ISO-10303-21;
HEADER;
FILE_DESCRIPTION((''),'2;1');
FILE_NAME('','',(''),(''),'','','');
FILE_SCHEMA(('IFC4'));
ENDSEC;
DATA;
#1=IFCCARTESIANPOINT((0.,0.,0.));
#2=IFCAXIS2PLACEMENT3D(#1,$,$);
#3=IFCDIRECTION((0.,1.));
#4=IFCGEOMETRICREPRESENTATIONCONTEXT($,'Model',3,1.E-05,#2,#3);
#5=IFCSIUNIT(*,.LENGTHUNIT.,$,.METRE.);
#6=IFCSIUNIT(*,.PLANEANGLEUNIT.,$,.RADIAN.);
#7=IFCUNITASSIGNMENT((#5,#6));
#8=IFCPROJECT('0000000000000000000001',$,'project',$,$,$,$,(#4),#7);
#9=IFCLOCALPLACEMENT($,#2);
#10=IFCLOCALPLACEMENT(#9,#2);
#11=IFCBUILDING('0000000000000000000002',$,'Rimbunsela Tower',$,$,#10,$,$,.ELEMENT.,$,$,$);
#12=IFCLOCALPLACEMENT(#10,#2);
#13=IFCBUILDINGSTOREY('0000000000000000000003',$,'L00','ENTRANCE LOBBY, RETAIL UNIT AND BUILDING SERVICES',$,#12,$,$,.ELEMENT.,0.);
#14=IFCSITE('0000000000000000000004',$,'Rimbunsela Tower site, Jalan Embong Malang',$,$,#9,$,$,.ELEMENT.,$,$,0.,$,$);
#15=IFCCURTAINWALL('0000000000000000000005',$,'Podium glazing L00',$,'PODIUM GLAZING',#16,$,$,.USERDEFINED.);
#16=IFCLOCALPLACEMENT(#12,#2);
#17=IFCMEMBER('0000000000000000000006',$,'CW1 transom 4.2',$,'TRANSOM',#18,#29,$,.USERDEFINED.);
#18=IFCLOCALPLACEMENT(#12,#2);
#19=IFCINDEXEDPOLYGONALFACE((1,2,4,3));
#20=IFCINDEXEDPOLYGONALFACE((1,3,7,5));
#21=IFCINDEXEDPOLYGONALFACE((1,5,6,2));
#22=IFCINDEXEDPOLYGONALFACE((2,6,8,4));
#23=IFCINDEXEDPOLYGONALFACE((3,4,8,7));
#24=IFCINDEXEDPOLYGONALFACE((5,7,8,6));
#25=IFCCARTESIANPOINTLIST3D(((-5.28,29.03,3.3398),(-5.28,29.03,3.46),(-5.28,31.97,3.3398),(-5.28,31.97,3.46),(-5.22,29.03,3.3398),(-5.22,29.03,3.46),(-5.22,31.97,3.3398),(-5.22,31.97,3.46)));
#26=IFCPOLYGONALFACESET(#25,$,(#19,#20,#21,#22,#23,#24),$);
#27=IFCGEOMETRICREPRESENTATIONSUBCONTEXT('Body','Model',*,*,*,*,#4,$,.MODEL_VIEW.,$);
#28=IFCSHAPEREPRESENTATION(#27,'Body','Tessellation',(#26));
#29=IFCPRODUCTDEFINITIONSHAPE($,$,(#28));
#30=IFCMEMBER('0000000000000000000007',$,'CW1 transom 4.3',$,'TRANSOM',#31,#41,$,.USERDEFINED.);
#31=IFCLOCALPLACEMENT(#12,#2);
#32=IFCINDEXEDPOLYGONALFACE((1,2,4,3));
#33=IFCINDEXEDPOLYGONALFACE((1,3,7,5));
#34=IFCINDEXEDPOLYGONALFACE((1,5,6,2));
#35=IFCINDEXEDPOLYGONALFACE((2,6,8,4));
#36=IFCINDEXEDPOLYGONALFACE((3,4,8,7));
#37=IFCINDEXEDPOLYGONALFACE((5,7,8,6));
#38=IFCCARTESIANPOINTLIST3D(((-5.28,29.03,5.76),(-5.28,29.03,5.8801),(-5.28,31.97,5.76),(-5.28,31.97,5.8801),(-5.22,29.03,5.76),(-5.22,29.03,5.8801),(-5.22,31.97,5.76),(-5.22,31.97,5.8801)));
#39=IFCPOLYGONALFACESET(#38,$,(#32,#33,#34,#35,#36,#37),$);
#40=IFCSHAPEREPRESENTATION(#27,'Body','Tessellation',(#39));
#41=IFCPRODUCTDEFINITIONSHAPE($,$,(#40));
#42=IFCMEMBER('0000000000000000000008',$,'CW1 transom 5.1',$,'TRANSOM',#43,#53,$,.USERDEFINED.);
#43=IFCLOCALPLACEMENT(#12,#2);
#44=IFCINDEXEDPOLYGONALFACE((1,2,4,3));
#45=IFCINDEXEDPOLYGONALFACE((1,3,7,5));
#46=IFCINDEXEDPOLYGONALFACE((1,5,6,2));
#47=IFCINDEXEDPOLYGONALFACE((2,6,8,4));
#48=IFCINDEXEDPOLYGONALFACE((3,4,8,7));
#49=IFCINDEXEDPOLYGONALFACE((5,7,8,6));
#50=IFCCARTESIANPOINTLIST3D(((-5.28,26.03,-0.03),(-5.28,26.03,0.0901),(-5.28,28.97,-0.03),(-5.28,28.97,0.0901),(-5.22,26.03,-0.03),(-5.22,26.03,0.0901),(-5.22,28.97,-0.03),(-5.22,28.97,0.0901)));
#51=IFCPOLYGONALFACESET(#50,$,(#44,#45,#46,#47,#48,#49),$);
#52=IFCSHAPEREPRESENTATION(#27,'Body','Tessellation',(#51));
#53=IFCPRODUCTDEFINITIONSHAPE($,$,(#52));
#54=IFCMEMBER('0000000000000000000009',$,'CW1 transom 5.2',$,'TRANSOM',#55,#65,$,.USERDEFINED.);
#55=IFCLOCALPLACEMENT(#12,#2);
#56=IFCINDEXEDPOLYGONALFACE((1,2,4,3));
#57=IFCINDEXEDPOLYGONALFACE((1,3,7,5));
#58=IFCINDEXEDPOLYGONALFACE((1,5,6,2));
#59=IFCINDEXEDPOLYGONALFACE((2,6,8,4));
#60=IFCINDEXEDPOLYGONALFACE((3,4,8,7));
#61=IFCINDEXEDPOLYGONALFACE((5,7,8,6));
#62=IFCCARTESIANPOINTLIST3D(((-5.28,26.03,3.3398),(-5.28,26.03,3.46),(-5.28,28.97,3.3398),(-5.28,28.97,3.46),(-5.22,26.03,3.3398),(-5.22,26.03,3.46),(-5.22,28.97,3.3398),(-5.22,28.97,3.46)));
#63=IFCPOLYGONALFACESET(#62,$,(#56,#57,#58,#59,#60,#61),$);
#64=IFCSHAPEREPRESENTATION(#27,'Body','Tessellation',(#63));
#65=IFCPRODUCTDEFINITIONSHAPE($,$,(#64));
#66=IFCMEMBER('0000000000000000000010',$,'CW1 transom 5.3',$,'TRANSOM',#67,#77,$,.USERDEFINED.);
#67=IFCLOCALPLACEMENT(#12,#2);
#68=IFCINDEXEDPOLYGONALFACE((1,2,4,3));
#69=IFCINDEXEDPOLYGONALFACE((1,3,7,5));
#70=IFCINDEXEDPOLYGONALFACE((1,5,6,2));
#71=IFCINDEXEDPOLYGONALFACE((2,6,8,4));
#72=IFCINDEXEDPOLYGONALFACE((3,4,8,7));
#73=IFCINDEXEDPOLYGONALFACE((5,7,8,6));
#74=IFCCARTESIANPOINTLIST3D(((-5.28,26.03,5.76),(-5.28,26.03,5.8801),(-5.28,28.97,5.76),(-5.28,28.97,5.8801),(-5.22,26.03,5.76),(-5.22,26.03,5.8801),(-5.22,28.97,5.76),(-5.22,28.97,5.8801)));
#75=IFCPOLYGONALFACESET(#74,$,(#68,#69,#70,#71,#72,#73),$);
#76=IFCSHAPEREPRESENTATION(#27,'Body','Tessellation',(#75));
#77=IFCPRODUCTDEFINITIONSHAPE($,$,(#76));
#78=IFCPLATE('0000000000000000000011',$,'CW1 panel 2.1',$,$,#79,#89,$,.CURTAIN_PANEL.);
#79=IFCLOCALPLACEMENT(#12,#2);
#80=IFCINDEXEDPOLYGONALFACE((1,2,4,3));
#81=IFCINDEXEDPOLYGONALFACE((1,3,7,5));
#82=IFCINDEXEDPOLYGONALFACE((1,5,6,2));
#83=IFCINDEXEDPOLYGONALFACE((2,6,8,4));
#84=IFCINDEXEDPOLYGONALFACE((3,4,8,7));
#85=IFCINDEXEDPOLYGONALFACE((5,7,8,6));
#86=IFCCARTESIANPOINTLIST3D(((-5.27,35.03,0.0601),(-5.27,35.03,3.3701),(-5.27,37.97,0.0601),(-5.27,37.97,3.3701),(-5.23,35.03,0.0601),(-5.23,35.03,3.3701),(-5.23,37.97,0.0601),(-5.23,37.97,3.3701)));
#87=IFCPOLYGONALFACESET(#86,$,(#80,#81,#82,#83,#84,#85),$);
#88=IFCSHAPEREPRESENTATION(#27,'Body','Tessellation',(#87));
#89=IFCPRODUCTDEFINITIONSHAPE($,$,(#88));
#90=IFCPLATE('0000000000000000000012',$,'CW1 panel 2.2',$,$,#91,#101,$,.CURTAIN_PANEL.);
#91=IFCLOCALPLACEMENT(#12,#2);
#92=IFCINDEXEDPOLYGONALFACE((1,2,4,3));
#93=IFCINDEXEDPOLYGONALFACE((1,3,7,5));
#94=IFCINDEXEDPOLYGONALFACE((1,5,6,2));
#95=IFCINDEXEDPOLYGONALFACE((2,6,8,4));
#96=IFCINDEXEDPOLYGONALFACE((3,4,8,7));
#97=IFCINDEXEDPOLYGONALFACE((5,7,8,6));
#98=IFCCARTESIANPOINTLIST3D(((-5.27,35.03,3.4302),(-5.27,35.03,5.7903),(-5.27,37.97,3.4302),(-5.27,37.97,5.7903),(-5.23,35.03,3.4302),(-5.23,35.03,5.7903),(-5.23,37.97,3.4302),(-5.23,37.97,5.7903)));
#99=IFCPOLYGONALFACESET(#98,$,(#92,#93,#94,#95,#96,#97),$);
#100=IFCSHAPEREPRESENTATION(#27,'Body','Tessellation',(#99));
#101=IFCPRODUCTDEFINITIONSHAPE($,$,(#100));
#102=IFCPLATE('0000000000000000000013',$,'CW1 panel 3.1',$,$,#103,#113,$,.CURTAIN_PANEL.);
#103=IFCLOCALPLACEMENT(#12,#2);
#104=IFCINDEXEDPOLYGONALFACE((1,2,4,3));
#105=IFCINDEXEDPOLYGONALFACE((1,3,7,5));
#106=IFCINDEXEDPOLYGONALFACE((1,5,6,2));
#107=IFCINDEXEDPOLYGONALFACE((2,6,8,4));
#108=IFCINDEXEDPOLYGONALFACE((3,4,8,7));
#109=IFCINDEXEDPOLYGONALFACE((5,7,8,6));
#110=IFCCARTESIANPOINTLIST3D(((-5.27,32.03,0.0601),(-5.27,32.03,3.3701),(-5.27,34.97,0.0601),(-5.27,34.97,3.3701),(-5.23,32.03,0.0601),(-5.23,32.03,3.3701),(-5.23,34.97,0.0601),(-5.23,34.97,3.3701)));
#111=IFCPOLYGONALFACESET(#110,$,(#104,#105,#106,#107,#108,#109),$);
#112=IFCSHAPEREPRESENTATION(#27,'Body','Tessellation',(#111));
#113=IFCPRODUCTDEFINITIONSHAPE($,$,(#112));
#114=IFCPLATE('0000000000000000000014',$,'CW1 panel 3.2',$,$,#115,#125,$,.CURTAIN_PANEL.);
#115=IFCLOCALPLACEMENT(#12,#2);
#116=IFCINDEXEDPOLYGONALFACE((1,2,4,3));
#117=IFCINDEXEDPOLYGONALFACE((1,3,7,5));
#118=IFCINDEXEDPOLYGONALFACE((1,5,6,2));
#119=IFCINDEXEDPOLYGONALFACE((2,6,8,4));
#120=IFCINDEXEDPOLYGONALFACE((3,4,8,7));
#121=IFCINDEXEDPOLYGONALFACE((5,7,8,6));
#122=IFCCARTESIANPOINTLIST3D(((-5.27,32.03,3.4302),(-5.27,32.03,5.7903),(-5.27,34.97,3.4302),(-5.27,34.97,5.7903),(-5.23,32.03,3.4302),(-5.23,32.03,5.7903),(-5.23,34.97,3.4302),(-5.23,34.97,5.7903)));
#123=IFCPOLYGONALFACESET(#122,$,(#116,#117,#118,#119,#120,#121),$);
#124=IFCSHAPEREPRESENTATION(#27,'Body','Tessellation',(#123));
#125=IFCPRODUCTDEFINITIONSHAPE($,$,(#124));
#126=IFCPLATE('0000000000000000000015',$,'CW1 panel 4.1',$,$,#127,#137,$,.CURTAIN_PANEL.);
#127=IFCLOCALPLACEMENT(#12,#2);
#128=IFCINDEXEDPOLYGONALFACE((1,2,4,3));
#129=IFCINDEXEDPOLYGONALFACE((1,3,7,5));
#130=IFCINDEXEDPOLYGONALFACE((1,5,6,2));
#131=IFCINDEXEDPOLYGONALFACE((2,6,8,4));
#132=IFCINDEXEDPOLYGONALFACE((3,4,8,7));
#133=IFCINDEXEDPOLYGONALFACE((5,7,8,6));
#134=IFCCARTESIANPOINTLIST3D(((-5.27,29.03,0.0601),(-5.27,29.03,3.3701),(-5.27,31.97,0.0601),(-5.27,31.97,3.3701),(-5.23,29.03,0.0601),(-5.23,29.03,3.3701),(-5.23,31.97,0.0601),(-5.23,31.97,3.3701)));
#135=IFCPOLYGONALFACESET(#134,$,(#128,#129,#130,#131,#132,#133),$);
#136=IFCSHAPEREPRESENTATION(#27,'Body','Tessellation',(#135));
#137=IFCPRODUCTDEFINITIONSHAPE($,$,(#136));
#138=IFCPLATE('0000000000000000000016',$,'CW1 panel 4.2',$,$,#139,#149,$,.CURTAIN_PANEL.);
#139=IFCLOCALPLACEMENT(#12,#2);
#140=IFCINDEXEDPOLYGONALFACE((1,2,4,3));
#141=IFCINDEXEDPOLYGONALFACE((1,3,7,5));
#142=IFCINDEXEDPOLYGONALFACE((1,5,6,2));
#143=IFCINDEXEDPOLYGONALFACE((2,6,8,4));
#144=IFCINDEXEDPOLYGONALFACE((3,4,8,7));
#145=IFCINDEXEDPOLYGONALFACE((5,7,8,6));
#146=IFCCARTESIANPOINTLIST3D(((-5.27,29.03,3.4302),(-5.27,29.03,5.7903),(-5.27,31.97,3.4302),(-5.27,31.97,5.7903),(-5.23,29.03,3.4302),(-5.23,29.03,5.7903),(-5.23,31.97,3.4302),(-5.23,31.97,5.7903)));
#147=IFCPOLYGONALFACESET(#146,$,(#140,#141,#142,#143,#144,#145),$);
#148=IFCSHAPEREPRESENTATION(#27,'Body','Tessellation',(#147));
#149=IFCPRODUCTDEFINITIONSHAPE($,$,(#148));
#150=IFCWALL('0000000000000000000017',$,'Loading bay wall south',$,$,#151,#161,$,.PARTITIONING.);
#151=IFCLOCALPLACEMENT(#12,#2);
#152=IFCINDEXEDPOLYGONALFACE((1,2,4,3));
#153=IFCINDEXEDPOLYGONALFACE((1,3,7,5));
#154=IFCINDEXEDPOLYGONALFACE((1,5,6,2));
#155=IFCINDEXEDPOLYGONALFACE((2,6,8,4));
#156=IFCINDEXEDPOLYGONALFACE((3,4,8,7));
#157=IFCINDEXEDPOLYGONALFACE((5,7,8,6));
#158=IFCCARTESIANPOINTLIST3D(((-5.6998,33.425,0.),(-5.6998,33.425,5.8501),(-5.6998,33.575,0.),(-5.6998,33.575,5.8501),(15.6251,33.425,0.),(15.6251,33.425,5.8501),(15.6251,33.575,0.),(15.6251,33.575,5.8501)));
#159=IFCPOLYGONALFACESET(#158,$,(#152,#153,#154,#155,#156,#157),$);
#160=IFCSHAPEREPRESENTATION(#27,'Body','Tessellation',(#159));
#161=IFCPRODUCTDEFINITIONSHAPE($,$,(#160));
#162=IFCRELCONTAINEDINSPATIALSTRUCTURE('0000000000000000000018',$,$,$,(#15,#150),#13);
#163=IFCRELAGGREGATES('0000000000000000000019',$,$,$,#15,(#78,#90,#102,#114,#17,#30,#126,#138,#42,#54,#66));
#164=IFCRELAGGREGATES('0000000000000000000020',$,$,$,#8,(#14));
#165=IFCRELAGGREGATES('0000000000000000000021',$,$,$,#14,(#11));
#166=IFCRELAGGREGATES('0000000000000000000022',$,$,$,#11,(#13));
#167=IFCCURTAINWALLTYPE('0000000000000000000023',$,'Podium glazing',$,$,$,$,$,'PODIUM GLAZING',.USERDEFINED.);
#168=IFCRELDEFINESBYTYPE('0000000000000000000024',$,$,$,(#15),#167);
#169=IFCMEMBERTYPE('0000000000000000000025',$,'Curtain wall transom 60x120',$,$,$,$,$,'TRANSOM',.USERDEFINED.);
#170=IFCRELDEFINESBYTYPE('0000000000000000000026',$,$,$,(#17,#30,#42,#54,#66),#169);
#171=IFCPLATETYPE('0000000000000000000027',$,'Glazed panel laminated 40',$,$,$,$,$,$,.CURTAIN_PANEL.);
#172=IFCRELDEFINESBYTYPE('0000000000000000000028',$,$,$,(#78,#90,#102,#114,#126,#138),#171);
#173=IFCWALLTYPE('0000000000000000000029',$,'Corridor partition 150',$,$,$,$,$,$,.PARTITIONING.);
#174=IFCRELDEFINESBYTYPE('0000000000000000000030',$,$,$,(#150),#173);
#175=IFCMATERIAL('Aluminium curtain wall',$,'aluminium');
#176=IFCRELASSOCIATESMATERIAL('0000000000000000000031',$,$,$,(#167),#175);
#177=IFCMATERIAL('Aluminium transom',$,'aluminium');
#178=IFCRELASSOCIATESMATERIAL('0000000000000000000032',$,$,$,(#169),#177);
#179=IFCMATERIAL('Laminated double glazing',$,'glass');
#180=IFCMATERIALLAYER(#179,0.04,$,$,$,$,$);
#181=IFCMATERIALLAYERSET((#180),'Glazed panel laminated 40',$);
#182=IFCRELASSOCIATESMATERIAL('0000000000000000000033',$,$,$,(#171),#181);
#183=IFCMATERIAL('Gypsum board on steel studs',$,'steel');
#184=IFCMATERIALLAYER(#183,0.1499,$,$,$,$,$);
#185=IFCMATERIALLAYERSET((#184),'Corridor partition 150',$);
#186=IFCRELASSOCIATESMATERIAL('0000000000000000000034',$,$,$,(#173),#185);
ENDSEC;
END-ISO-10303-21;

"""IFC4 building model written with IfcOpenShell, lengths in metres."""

from ifc_helpers import new_model, si_unit, direction, frame, frame_2d, origin, origin_2d, place, context, subcontext, project, spatial, rectangle, extrude, material, layer, layer_set, material_profile, profile_set, type_object, element, aggregate, save


model = new_model("IFC4")

# Units and contexts
model_context = context("Model", 3, precision=1e-05, world=origin(), true_north=direction((0.0, 1.0)))
body_context = subcontext(model_context, "Body", "Model", "MODEL_VIEW")
ifc_project = project(units=[si_unit("LENGTHUNIT", "METRE"), si_unit("PLANEANGLEUNIT", "RADIAN")], contexts=[model_context])

# Site, building, storey
site_placement = place(None, origin())
site = spatial("IfcSite", under=ifc_project, at=site_placement, Name="Rimbunsela Tower site, Jalan Embong Malang", CompositionType="ELEMENT", RefElevation=0.0)
building_placement = place(site_placement, origin())
building = spatial("IfcBuilding", under=site, at=building_placement, Name="Rimbunsela Tower", CompositionType="ELEMENT")
storey_placement = place(building_placement, origin())
storey = spatial("IfcBuildingStorey", under=building, at=storey_placement, Name="L00", Description="ENTRANCE LOBBY, RETAIL UNIT AND BUILDING SERVICES", CompositionType="ELEMENT", Elevation=0.0)

# Curtain wall, members, plates
ifc_material_1 = material(Name="Aluminium curtain wall", Category="aluminium")
curtain_wall_type = type_object("IfcCurtainWallType", Name="Podium glazing", ElementType="PODIUM GLAZING", PredefinedType="USERDEFINED", material=ifc_material_1)
curtain_wall_placement = place(storey_placement, origin())
curtain_wall = element("IfcCurtainWall", 1, at=curtain_wall_placement, inside=storey, type_object=curtain_wall_type, Name="Podium glazing L00", ObjectType="PODIUM GLAZING", PredefinedType="USERDEFINED")
ifc_material_2 = material(Name="Aluminium transom", Category="aluminium")
ifc_material_profile_1 = material_profile(ifc_material_2, rectangle(XDim=0.0601, YDim=0.1201, at=origin_2d()), Name="Transom 60x120")
ifc_profile_set_1 = profile_set([ifc_material_profile_1], Name="Aluminium transom")
member_type_1 = type_object("IfcMemberType", Name="Curtain wall transom 60x120", ElementType="TRANSOM", PredefinedType="USERDEFINED", material=ifc_profile_set_1)
member_1_placement = place(storey_placement, frame((-5.25, 31.97, 3.3999), z_axis=(0.0, -1.0, 0.0), x_axis=(1.0, 0.0, 0.0)))
member_1 = element("IfcMember", 2, at=member_1_placement, type_object=member_type_1, Name="CW1 transom 4.2", ObjectType="TRANSOM", PredefinedType="USERDEFINED", context=body_context, shape_type="SweptSolid", body=[
    extrude(rectangle(XDim=0.0601, YDim=0.1201, at=origin_2d()), origin(), (0.0, 0.0, 1.0), 2.9399),
])
member_2_placement = place(storey_placement, frame((-5.25, 31.97, 5.8201), z_axis=(0.0, -1.0, 0.0), x_axis=(1.0, 0.0, 0.0)))
member_2 = element("IfcMember", 3, at=member_2_placement, type_object=member_type_1, Name="CW1 transom 4.3", ObjectType="TRANSOM", PredefinedType="USERDEFINED", context=body_context, shape_type="SweptSolid", body=[
    extrude(rectangle(XDim=0.0601, YDim=0.1201, at=origin_2d()), origin(), (0.0, 0.0, 1.0), 2.9399),
])
member_3_placement = place(storey_placement, frame((-5.25, 28.97, 0.03), z_axis=(0.0, -1.0, 0.0), x_axis=(1.0, 0.0, 0.0)))
member_3 = element("IfcMember", 4, at=member_3_placement, type_object=member_type_1, Name="CW1 transom 5.1", ObjectType="TRANSOM", PredefinedType="USERDEFINED", context=body_context, shape_type="SweptSolid", body=[
    extrude(rectangle(XDim=0.0601, YDim=0.1201, at=origin_2d()), origin(), (0.0, 0.0, 1.0), 2.9399),
])
member_4_placement = place(storey_placement, frame((-5.25, 28.97, 3.3999), z_axis=(0.0, -1.0, 0.0), x_axis=(1.0, 0.0, 0.0)))
member_4 = element("IfcMember", 5, at=member_4_placement, type_object=member_type_1, Name="CW1 transom 5.2", ObjectType="TRANSOM", PredefinedType="USERDEFINED", context=body_context, shape_type="SweptSolid", body=[
    extrude(rectangle(XDim=0.0601, YDim=0.1201, at=origin_2d()), origin(), (0.0, 0.0, 1.0), 2.9399),
])
member_5_placement = place(storey_placement, frame((-5.25, 28.97, 5.8201), z_axis=(0.0, -1.0, 0.0), x_axis=(1.0, 0.0, 0.0)))
member_5 = element("IfcMember", 6, at=member_5_placement, type_object=member_type_1, Name="CW1 transom 5.3", ObjectType="TRANSOM", PredefinedType="USERDEFINED", context=body_context, shape_type="SweptSolid", body=[
    extrude(rectangle(XDim=0.0601, YDim=0.1201, at=origin_2d()), origin(), (0.0, 0.0, 1.0), 2.9399),
])
ifc_material_3 = material(Name="Laminated double glazing", Category="glass")
ifc_layer_1 = layer(ifc_material_3, 0.04)
ifc_layer_set_1 = layer_set([ifc_layer_1], Name="Glazed panel laminated 40")
plate_type = type_object("IfcPlateType", Name="Glazed panel laminated 40", PredefinedType="CURTAIN_PANEL", material=ifc_layer_set_1)
plate_1_placement = place(storey_placement, frame((-5.25, 36.5, 0.0601), z_axis=(0.0, 0.0, 1.0), x_axis=(0.0, -1.0, 0.0)))
plate_1 = element("IfcPlate", 7, at=plate_1_placement, type_object=plate_type, Name="CW1 panel 2.1", PredefinedType="CURTAIN_PANEL", context=body_context, shape_type="SweptSolid", body=[
    extrude(rectangle(XDim=2.9399, YDim=0.04, at=origin_2d()), origin(), (0.0, 0.0, 1.0), 3.3101),
])
plate_2_placement = place(storey_placement, frame((-5.25, 36.5, 3.4302), z_axis=(0.0, 0.0, 1.0), x_axis=(0.0, -1.0, 0.0)))
plate_2 = element("IfcPlate", 8, at=plate_2_placement, type_object=plate_type, Name="CW1 panel 2.2", PredefinedType="CURTAIN_PANEL", context=body_context, shape_type="SweptSolid", body=[
    extrude(rectangle(XDim=2.9399, YDim=0.04, at=origin_2d()), origin(), (0.0, 0.0, 1.0), 2.3601),
])
plate_3_placement = place(storey_placement, frame((-5.25, 33.5, 0.0601), z_axis=(0.0, 0.0, 1.0), x_axis=(0.0, -1.0, 0.0)))
plate_3 = element("IfcPlate", 9, at=plate_3_placement, type_object=plate_type, Name="CW1 panel 3.1", PredefinedType="CURTAIN_PANEL", context=body_context, shape_type="SweptSolid", body=[
    extrude(rectangle(XDim=2.9399, YDim=0.04, at=origin_2d()), origin(), (0.0, 0.0, 1.0), 3.3101),
])
plate_4_placement = place(storey_placement, frame((-5.25, 33.5, 3.4302), z_axis=(0.0, 0.0, 1.0), x_axis=(0.0, -1.0, 0.0)))
plate_4 = element("IfcPlate", 10, at=plate_4_placement, type_object=plate_type, Name="CW1 panel 3.2", PredefinedType="CURTAIN_PANEL", context=body_context, shape_type="SweptSolid", body=[
    extrude(rectangle(XDim=2.9399, YDim=0.04, at=origin_2d()), origin(), (0.0, 0.0, 1.0), 2.3601),
])
plate_5_placement = place(storey_placement, frame((-5.25, 30.5, 0.0601), z_axis=(0.0, 0.0, 1.0), x_axis=(0.0, -1.0, 0.0)))
plate_5 = element("IfcPlate", 11, at=plate_5_placement, type_object=plate_type, Name="CW1 panel 4.1", PredefinedType="CURTAIN_PANEL", context=body_context, shape_type="SweptSolid", body=[
    extrude(rectangle(XDim=2.9399, YDim=0.04, at=origin_2d()), origin(), (0.0, 0.0, 1.0), 3.3101),
])
plate_6_placement = place(storey_placement, frame((-5.25, 30.5, 3.4302), z_axis=(0.0, 0.0, 1.0), x_axis=(0.0, -1.0, 0.0)))
plate_6 = element("IfcPlate", 12, at=plate_6_placement, type_object=plate_type, Name="CW1 panel 4.2", PredefinedType="CURTAIN_PANEL", context=body_context, shape_type="SweptSolid", body=[
    extrude(rectangle(XDim=2.9399, YDim=0.04, at=origin_2d()), origin(), (0.0, 0.0, 1.0), 2.3601),
])
aggregate(curtain_wall, [plate_1, plate_2, plate_3, plate_4, member_1, member_2, plate_5, plate_6, member_3, member_4, member_5])

# Wall
ifc_material_4 = material(Name="Gypsum board on steel studs", Category="steel")
ifc_layer_2 = layer(ifc_material_4, 0.1499)
ifc_layer_set_2 = layer_set([ifc_layer_2], Name="Corridor partition 150")
wall_type = type_object("IfcWallType", Name="Corridor partition 150", PredefinedType="PARTITIONING", material=ifc_layer_set_2)
wall_placement = place(storey_placement, frame((-5.7, 33.5, 0.0), z_axis=(0.0, 0.0, 1.0), x_axis=(1.0, 0.0, 0.0)))
element("IfcWall", 13, at=wall_placement, inside=storey, type_object=wall_type, Name="Loading bay wall south", PredefinedType="PARTITIONING", context=body_context, shape_type="SweptSolid", body=[
    extrude(rectangle(XDim=21.325, YDim=0.1499, at=frame_2d((10.6626, 0.0))), origin(), (0.0, 0.0, 1.0), 5.8501),
])

save(model, "model.ifc")
